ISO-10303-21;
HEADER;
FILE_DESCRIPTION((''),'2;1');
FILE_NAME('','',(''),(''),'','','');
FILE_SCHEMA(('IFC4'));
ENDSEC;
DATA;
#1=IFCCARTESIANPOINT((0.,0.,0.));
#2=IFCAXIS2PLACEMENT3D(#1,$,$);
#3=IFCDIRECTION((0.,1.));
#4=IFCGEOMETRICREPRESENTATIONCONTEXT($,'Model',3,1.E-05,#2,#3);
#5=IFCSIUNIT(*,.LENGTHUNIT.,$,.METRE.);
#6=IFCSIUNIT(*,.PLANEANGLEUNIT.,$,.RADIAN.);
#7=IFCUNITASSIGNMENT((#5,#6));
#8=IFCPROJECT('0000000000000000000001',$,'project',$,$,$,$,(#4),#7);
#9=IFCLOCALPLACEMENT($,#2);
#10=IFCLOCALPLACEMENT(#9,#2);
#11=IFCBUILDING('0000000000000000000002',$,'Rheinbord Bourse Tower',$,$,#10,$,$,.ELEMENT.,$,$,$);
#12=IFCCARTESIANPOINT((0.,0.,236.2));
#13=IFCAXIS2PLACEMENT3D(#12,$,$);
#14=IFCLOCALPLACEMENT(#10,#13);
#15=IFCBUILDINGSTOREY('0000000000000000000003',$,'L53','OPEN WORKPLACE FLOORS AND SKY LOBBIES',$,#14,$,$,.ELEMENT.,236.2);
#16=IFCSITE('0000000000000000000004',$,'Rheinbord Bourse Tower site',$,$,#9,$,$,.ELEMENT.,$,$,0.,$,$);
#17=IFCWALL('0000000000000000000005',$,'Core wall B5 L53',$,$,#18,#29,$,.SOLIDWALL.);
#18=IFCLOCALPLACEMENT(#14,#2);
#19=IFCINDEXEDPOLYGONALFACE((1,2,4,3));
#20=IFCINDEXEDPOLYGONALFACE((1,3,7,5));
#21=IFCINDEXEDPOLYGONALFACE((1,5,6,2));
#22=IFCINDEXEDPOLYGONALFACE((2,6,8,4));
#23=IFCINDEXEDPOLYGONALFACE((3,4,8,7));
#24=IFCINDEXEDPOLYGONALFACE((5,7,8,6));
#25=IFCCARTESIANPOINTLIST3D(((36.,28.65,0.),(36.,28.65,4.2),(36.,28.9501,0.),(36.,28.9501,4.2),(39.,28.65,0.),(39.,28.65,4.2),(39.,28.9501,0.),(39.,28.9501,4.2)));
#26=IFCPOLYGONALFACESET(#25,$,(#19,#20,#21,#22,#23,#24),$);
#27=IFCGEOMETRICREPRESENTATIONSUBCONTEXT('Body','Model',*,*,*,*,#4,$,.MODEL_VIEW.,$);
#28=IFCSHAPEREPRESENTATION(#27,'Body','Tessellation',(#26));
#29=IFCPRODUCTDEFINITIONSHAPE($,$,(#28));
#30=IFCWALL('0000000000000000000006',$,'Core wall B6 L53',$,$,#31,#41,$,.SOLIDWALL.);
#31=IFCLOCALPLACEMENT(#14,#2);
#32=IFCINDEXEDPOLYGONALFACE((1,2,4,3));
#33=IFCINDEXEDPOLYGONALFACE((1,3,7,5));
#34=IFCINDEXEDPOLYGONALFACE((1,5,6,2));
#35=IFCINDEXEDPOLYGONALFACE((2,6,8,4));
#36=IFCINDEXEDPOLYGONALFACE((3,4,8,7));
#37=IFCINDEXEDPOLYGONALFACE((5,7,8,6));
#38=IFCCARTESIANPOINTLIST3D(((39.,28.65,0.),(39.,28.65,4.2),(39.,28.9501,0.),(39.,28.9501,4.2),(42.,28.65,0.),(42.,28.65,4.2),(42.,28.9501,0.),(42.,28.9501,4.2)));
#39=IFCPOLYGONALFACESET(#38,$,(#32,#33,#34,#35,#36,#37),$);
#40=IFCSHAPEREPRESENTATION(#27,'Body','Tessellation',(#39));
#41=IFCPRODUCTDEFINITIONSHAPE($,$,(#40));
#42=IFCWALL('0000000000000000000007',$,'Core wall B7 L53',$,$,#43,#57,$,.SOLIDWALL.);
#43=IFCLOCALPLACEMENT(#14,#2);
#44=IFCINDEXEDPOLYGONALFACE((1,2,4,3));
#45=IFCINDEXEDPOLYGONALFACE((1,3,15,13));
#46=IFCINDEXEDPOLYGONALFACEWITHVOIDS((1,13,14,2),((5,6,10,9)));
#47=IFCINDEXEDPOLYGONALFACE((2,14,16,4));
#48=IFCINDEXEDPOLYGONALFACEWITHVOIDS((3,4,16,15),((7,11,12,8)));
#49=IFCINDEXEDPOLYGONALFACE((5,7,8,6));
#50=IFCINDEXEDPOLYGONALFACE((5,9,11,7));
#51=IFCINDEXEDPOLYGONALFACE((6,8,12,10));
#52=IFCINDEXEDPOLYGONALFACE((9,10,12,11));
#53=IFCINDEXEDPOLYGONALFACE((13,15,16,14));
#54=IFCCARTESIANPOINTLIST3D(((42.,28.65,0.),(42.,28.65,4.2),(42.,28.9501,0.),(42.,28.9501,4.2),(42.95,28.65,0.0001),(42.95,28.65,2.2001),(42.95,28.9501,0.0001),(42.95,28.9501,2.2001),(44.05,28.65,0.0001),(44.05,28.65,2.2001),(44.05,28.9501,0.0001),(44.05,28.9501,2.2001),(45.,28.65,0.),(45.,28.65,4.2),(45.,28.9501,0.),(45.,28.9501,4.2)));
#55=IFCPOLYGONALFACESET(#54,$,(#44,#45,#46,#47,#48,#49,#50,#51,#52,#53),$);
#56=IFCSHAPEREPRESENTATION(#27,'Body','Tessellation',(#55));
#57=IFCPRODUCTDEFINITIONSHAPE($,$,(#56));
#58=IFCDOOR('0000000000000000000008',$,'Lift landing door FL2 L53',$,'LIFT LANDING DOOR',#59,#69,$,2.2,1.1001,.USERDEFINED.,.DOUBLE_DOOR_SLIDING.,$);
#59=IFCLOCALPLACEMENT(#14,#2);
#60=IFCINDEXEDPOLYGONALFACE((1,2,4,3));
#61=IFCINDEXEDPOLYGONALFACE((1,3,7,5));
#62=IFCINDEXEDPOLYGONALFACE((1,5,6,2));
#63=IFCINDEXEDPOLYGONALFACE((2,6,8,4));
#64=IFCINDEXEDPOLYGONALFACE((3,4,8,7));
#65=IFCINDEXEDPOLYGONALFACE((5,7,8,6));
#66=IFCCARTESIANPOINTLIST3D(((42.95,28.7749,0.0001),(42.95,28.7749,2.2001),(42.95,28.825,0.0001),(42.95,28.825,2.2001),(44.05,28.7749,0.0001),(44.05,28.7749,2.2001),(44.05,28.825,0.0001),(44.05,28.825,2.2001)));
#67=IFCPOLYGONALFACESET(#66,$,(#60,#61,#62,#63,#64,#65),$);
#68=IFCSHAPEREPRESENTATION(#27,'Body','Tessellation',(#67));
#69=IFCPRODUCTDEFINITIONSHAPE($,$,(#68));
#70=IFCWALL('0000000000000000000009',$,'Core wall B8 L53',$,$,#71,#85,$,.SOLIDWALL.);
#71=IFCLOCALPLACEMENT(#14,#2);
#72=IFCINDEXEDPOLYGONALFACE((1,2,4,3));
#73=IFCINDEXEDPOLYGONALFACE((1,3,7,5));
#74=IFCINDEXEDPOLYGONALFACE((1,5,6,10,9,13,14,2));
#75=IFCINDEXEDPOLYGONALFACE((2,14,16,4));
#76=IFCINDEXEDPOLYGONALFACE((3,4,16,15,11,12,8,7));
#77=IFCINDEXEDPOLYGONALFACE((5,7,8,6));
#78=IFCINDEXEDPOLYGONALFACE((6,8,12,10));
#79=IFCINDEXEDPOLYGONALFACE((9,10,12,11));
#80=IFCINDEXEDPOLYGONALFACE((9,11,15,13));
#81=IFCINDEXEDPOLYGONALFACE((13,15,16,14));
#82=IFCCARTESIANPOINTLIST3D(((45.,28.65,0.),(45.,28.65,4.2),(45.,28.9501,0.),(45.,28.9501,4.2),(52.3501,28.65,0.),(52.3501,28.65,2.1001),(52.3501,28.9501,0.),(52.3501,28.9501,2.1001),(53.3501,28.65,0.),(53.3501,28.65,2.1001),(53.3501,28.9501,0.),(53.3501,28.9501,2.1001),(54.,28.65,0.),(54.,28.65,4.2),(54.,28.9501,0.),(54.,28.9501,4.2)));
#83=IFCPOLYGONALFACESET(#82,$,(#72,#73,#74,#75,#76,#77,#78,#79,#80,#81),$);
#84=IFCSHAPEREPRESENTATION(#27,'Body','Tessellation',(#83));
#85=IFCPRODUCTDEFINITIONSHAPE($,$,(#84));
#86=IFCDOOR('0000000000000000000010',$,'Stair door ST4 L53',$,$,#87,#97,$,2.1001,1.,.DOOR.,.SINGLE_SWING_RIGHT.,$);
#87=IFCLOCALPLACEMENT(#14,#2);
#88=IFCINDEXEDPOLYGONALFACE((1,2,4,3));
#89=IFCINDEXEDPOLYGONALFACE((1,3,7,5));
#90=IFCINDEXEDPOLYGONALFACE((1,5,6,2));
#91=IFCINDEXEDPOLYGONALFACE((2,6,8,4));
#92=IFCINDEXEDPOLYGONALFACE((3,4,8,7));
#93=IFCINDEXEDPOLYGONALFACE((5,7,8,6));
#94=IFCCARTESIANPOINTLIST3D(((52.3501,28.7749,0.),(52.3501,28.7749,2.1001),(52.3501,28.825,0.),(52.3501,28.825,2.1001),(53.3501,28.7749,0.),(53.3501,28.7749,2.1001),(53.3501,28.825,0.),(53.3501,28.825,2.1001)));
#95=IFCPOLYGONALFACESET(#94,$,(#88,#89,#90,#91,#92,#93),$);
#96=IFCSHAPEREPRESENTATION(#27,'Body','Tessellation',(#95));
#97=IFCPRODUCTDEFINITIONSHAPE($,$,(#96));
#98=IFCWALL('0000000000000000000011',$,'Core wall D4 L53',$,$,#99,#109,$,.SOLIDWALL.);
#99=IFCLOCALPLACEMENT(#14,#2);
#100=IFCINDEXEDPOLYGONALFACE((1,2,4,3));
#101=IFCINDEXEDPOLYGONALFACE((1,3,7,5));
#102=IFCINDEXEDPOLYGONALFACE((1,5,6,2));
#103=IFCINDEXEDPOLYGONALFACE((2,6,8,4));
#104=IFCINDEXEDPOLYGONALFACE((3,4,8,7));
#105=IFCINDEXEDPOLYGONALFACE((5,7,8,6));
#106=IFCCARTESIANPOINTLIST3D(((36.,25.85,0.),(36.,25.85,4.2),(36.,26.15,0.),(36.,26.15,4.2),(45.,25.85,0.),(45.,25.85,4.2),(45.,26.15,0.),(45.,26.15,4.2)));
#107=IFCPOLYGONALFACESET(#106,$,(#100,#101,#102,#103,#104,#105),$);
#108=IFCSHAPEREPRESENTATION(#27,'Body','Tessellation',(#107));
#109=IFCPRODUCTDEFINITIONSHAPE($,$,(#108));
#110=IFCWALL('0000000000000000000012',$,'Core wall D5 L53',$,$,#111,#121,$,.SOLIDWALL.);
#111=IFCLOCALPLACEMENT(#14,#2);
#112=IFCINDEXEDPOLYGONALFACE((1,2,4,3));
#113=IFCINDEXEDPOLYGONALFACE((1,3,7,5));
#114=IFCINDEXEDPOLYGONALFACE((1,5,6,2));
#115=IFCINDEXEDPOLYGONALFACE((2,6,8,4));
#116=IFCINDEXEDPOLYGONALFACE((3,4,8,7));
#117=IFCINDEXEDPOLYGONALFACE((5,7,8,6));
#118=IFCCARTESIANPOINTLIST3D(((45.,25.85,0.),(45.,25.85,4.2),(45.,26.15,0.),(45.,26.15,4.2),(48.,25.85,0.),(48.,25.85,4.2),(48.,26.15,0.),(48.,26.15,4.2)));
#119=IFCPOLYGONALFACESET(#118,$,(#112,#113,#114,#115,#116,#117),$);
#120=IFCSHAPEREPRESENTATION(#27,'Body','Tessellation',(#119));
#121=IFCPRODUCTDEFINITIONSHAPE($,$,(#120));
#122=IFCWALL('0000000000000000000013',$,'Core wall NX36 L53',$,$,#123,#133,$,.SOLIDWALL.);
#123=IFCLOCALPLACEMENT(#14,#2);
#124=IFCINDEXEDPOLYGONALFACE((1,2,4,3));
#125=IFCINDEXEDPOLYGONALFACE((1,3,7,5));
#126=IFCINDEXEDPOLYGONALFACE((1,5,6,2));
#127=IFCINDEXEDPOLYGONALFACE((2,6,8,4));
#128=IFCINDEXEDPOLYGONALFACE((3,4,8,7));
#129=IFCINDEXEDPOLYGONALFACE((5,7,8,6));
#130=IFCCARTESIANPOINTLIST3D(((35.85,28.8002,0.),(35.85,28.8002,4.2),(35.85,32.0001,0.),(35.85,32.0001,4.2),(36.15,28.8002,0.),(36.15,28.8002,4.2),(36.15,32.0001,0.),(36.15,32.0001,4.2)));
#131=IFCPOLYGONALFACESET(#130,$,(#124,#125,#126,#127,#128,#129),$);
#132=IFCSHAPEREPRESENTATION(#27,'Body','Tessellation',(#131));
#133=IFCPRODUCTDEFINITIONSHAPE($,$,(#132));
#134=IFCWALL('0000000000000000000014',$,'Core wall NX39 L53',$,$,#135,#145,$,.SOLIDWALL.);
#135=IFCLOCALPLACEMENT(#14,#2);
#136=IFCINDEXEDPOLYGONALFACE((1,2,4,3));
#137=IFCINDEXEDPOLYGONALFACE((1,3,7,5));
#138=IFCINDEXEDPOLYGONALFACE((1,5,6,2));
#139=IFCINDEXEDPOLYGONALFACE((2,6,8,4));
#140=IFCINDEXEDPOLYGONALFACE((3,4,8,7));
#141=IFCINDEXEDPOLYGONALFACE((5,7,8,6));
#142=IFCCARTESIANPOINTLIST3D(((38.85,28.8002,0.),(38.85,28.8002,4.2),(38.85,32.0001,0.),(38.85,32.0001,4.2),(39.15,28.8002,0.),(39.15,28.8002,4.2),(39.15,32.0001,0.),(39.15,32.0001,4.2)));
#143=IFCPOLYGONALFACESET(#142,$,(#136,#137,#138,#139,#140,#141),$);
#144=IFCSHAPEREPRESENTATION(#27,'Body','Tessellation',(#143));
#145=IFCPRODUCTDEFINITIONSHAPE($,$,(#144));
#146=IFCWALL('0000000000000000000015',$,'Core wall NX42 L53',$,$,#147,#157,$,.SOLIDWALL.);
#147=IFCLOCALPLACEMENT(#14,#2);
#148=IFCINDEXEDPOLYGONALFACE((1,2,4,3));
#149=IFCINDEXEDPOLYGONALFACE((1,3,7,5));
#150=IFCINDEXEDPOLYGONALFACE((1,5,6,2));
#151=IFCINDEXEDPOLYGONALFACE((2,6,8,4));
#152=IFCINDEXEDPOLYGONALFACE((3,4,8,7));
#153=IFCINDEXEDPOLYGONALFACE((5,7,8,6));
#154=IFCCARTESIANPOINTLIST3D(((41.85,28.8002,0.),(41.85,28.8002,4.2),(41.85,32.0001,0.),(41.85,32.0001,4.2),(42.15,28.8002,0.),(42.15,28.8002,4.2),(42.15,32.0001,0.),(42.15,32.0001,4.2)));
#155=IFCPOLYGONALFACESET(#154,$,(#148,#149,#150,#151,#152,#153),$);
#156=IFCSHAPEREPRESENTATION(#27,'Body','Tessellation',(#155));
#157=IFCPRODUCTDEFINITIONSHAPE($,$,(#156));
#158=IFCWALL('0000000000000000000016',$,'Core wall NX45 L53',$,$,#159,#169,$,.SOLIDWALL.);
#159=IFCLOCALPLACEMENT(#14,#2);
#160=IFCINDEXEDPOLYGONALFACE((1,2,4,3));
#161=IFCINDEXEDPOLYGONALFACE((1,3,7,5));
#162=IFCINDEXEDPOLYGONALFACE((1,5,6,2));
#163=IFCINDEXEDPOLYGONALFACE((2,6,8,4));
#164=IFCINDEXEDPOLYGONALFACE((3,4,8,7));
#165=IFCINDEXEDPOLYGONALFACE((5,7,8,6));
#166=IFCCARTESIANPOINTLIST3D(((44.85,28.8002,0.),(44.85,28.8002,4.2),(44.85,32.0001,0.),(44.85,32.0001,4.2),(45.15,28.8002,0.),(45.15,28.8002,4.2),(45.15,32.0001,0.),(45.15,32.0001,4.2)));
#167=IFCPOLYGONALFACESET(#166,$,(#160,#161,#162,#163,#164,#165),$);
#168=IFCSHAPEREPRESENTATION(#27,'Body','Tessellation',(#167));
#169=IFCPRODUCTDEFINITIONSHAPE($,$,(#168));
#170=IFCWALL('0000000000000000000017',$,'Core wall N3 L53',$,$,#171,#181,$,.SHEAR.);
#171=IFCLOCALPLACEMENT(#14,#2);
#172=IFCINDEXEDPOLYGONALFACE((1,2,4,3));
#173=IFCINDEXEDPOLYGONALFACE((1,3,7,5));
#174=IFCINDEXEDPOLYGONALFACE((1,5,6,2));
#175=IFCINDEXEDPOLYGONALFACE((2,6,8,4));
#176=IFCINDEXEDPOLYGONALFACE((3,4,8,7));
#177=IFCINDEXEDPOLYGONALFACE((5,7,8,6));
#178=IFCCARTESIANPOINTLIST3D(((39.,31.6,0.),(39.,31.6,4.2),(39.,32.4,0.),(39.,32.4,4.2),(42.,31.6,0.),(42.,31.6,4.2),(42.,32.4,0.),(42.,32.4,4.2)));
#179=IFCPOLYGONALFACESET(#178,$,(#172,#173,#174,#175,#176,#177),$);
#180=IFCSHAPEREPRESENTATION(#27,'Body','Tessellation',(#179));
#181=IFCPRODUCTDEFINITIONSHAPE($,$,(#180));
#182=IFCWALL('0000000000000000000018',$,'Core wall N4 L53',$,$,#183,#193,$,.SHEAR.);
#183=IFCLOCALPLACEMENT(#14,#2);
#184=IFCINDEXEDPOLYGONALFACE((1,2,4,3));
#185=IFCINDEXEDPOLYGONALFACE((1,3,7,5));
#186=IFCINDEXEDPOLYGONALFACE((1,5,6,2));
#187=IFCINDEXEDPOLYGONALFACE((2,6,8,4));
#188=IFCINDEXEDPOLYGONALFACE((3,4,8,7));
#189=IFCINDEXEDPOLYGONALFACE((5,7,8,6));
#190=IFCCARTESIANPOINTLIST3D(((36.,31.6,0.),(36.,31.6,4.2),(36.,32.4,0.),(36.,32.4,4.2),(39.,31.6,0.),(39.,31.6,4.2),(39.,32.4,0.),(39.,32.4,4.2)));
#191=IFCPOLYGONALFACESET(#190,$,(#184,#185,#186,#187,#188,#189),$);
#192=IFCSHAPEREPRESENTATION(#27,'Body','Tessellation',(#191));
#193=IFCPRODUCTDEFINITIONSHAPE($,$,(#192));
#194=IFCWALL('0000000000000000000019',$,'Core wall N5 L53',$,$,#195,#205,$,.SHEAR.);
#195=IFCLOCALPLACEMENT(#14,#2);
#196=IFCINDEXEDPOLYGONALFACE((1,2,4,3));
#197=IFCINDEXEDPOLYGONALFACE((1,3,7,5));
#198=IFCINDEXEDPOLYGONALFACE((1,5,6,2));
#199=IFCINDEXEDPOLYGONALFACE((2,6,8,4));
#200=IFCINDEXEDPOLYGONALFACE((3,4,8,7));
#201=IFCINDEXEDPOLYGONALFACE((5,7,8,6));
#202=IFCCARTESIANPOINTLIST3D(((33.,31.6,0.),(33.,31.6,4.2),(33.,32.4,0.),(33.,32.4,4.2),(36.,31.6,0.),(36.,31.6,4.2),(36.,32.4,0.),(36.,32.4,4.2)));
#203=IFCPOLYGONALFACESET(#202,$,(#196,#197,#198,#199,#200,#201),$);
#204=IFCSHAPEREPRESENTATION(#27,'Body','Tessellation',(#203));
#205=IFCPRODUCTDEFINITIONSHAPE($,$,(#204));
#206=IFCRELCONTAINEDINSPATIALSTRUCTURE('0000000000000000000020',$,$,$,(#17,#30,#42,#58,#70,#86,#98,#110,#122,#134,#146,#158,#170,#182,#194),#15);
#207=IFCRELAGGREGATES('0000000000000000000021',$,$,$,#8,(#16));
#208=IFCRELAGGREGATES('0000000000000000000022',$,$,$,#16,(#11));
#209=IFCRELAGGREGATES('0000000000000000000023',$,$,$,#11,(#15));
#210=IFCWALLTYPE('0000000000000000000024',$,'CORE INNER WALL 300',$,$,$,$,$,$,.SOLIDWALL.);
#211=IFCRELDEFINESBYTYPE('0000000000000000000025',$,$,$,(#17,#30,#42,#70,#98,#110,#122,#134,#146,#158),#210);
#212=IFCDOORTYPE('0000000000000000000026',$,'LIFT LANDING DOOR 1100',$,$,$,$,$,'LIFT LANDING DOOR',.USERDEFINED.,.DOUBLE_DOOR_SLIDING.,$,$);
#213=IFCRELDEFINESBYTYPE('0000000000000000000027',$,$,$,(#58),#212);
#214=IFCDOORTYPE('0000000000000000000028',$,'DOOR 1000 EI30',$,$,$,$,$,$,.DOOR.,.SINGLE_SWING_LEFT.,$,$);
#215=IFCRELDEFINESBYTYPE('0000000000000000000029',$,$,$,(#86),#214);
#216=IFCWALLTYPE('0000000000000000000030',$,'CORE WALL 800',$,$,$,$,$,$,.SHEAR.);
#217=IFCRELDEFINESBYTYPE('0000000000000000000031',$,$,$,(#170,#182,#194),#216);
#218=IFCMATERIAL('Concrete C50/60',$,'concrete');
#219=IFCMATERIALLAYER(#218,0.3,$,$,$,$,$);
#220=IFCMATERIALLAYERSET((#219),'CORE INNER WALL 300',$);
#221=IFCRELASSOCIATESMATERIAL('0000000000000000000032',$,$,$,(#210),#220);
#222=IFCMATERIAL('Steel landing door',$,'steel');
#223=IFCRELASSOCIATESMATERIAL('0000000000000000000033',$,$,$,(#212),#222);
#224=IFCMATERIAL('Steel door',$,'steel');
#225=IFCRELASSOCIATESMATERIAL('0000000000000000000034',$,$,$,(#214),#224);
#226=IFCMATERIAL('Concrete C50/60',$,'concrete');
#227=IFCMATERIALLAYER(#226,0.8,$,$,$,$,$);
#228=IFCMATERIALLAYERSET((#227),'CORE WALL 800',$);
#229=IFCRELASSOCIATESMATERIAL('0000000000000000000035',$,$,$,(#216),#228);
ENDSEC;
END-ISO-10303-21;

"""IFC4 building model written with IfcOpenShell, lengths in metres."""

from ifc_helpers import new_model, si_unit, direction, frame, frame_2d, origin, place, context, subcontext, project, spatial, rectangle, extrude, material, layer, layer_set, type_object, element, fill, save


model = new_model("IFC4")

# Units and contexts
model_context = context("Model", 3, precision=1e-05, world=origin(), true_north=direction((0.0, 1.0)))
body_context = subcontext(model_context, "Body", "Model", "MODEL_VIEW")
ifc_project = project(units=[si_unit("LENGTHUNIT", "METRE"), si_unit("PLANEANGLEUNIT", "RADIAN")], contexts=[model_context])

# Site, building, storey
site_placement = place(None, origin())
site = spatial("IfcSite", under=ifc_project, at=site_placement, Name="Rheinbord Bourse Tower site", CompositionType="ELEMENT", RefElevation=0.0)
building_placement = place(site_placement, origin())
building = spatial("IfcBuilding", under=site, at=building_placement, Name="Rheinbord Bourse Tower", CompositionType="ELEMENT")
storey_placement = place(building_placement, frame((0.0, 0.0, 236.2)))
storey = spatial("IfcBuildingStorey", under=building, at=storey_placement, Name="L53", Description="OPEN WORKPLACE FLOORS AND SKY LOBBIES", CompositionType="ELEMENT", Elevation=236.2)

# Walls
ifc_material_1 = material(Name="Concrete C50/60", Category="concrete")
ifc_layer_1 = layer(ifc_material_1, 0.3)
ifc_layer_set_1 = layer_set([ifc_layer_1], Name="CORE INNER WALL 300")
wall_type_1 = type_object("IfcWallType", Name="CORE INNER WALL 300", PredefinedType="SOLIDWALL", material=ifc_layer_set_1)
for number, where, z_axis, x_axis, name in (
    (1, (36.0, 28.8, 0.0), (0.0, 0.0, 1.0), (1.0, 0.0, 0.0), "Core wall B5 L53"),
    (2, (39.0, 28.8, 0.0), (0.0, 0.0, 1.0), (1.0, 0.0, 0.0), "Core wall B6 L53"),
):
    element("IfcWall", number, at=place(storey_placement, frame(where, z_axis=z_axis, x_axis=x_axis)), inside=storey, type_object=wall_type_1, Name=name, PredefinedType="SOLIDWALL", context=body_context, shape_type="SweptSolid", body=[
        extrude(rectangle(XDim=3.0, YDim=0.3, at=frame_2d((1.5, 0.0))), origin(), (0.0, 0.0, 1.0), 4.2),
    ])

# Walls, openings, doors
wall_1_placement = place(storey_placement, frame((42.0, 28.8, 0.0), z_axis=(0.0, 0.0, 1.0), x_axis=(1.0, 0.0, 0.0)))
wall_1 = element("IfcWall", 3, at=wall_1_placement, inside=storey, type_object=wall_type_1, Name="Core wall B7 L53", PredefinedType="SOLIDWALL", context=body_context, shape_type="SweptSolid", body=[
    extrude(rectangle(XDim=3.0, YDim=0.3, at=frame_2d((1.5, 0.0))), origin(), (0.0, 0.0, 1.0), 4.2),
])
opening_1_placement = place(wall_1_placement, frame((0.95, 0.0, 0.0)))
opening_1 = element("IfcOpeningElement", 4, at=opening_1_placement, cuts=wall_1, PredefinedType="OPENING", context=body_context, shape_type="SweptSolid", body=[
    extrude(rectangle(XDim=1.1001, YDim=2.2, at=frame_2d((0.55, 1.1001))), frame((0.0, 0.1599, 0.0), z_axis=(0.0, -1.0, 0.0), x_axis=(1.0, 0.0, 0.0)), (0.0, 0.0, 1.0), 0.3201),
])
ifc_material_2 = material(Name="Steel landing door", Category="steel")
door_type_1 = type_object("IfcDoorType", Name="LIFT LANDING DOOR 1100", ElementType="LIFT LANDING DOOR", OperationType="DOUBLE_DOOR_SLIDING", PredefinedType="USERDEFINED", material=ifc_material_2)
door_1_placement = place(opening_1_placement, origin())
door_1 = element("IfcDoor", 5, at=door_1_placement, inside=storey, type_object=door_type_1, Name="Lift landing door FL2 L53", ObjectType="LIFT LANDING DOOR", OperationType="DOUBLE_DOOR_SLIDING", OverallHeight=2.2, OverallWidth=1.1001, PredefinedType="USERDEFINED", context=body_context, shape_type="SweptSolid", body=[
    extrude(rectangle(XDim=1.1001, YDim=2.2, at=frame_2d((0.55, 1.1001))), frame((0.0, 0.0249, 0.0), z_axis=(0.0, -1.0, 0.0), x_axis=(1.0, 0.0, 0.0)), (0.0, 0.0, 1.0), 0.05),
])
fill(opening_1, door_1)
wall_2_placement = place(storey_placement, frame((45.0, 28.8, 0.0), z_axis=(0.0, 0.0, 1.0), x_axis=(1.0, 0.0, 0.0)))
wall_2 = element("IfcWall", 6, at=wall_2_placement, inside=storey, type_object=wall_type_1, Name="Core wall B8 L53", PredefinedType="SOLIDWALL", context=body_context, shape_type="SweptSolid", body=[
    extrude(rectangle(XDim=9.0, YDim=0.3, at=frame_2d((4.5, 0.0))), origin(), (0.0, 0.0, 1.0), 4.2),
])
opening_2_placement = place(wall_2_placement, frame((7.3501, 0.0, 0.0)))
opening_2 = element("IfcOpeningElement", 7, at=opening_2_placement, cuts=wall_2, PredefinedType="OPENING", context=body_context, shape_type="SweptSolid", body=[
    extrude(rectangle(XDim=1.0, YDim=2.1001, at=frame_2d((0.5, 1.05))), frame((0.0, 0.1599, 0.0), z_axis=(0.0, -1.0, 0.0), x_axis=(1.0, 0.0, 0.0)), (0.0, 0.0, 1.0), 0.3201),
])
ifc_material_3 = material(Name="Steel door", Category="steel")
door_type_2 = type_object("IfcDoorType", Name="DOOR 1000 EI30", OperationType="SINGLE_SWING_LEFT", PredefinedType="DOOR", material=ifc_material_3)
door_2_placement = place(opening_2_placement, origin())
door_2 = element("IfcDoor", 8, at=door_2_placement, inside=storey, type_object=door_type_2, Name="Stair door ST4 L53", OperationType="SINGLE_SWING_RIGHT", OverallHeight=2.1001, OverallWidth=1.0, PredefinedType="DOOR", context=body_context, shape_type="SweptSolid", body=[
    extrude(rectangle(XDim=1.0, YDim=2.1001, at=frame_2d((0.5, 1.05))), frame((0.0, 0.0249, 0.0), z_axis=(0.0, -1.0, 0.0), x_axis=(1.0, 0.0, 0.0)), (0.0, 0.0, 1.0), 0.05),
])
fill(opening_2, door_2)

# Walls
wall_3_placement = place(storey_placement, frame((36.0, 26.0, 0.0), z_axis=(0.0, 0.0, 1.0), x_axis=(1.0, 0.0, 0.0)))
element("IfcWall", 9, at=wall_3_placement, inside=storey, type_object=wall_type_1, Name="Core wall D4 L53", PredefinedType="SOLIDWALL", context=body_context, shape_type="SweptSolid", body=[
    extrude(rectangle(XDim=9.0, YDim=0.3, at=frame_2d((4.5, 0.0))), origin(), (0.0, 0.0, 1.0), 4.2),
])
wall_4_placement = place(storey_placement, frame((45.0, 26.0, 0.0), z_axis=(0.0, 0.0, 1.0), x_axis=(1.0, 0.0, 0.0)))
element("IfcWall", 10, at=wall_4_placement, inside=storey, type_object=wall_type_1, Name="Core wall D5 L53", PredefinedType="SOLIDWALL", context=body_context, shape_type="SweptSolid", body=[
    extrude(rectangle(XDim=3.0, YDim=0.3, at=frame_2d((1.5, 0.0))), origin(), (0.0, 0.0, 1.0), 4.2),
])
for number, where, z_axis, x_axis, name in (
    (11, (36.0, 28.8, 0.0), (0.0, 0.0, 1.0), (0.0, 1.0, 0.0), "Core wall NX36 L53"),
    (12, (39.0, 28.8, 0.0), (0.0, 0.0, 1.0), (0.0, 1.0, 0.0), "Core wall NX39 L53"),
    (13, (42.0, 28.8, 0.0), (0.0, 0.0, 1.0), (0.0, 1.0, 0.0), "Core wall NX42 L53"),
    (14, (45.0, 28.8, 0.0), (0.0, 0.0, 1.0), (0.0, 1.0, 0.0), "Core wall NX45 L53"),
):
    element("IfcWall", number, at=place(storey_placement, frame(where, z_axis=z_axis, x_axis=x_axis)), inside=storey, type_object=wall_type_1, Name=name, PredefinedType="SOLIDWALL", context=body_context, shape_type="SweptSolid", body=[
        extrude(rectangle(XDim=3.2, YDim=0.3, at=frame_2d((1.6001, 0.0))), origin(), (0.0, 0.0, 1.0), 4.2),
    ])
ifc_material_4 = material(Name="Concrete C50/60", Category="concrete")
ifc_layer_2 = layer(ifc_material_4, 0.8)
ifc_layer_set_2 = layer_set([ifc_layer_2], Name="CORE WALL 800")
wall_type_2 = type_object("IfcWallType", Name="CORE WALL 800", PredefinedType="SHEAR", material=ifc_layer_set_2)
for number, where, z_axis, x_axis, name in (
    (15, (42.0, 32.0, 0.0), (0.0, 0.0, 1.0), (-1.0, 0.0, 0.0), "Core wall N3 L53"),
    (16, (39.0, 32.0, 0.0), (0.0, 0.0, 1.0), (-1.0, 0.0, 0.0), "Core wall N4 L53"),
    (17, (36.0, 32.0, 0.0), (0.0, 0.0, 1.0), (-1.0, 0.0, 0.0), "Core wall N5 L53"),
):
    element("IfcWall", number, at=place(storey_placement, frame(where, z_axis=z_axis, x_axis=x_axis)), inside=storey, type_object=wall_type_2, Name=name, PredefinedType="SHEAR", context=body_context, shape_type="SweptSolid", body=[
        extrude(rectangle(XDim=3.0, YDim=0.8, at=frame_2d((1.5, 0.0))), origin(), (0.0, 0.0, 1.0), 4.2),
    ])

save(model, "model.ifc")
